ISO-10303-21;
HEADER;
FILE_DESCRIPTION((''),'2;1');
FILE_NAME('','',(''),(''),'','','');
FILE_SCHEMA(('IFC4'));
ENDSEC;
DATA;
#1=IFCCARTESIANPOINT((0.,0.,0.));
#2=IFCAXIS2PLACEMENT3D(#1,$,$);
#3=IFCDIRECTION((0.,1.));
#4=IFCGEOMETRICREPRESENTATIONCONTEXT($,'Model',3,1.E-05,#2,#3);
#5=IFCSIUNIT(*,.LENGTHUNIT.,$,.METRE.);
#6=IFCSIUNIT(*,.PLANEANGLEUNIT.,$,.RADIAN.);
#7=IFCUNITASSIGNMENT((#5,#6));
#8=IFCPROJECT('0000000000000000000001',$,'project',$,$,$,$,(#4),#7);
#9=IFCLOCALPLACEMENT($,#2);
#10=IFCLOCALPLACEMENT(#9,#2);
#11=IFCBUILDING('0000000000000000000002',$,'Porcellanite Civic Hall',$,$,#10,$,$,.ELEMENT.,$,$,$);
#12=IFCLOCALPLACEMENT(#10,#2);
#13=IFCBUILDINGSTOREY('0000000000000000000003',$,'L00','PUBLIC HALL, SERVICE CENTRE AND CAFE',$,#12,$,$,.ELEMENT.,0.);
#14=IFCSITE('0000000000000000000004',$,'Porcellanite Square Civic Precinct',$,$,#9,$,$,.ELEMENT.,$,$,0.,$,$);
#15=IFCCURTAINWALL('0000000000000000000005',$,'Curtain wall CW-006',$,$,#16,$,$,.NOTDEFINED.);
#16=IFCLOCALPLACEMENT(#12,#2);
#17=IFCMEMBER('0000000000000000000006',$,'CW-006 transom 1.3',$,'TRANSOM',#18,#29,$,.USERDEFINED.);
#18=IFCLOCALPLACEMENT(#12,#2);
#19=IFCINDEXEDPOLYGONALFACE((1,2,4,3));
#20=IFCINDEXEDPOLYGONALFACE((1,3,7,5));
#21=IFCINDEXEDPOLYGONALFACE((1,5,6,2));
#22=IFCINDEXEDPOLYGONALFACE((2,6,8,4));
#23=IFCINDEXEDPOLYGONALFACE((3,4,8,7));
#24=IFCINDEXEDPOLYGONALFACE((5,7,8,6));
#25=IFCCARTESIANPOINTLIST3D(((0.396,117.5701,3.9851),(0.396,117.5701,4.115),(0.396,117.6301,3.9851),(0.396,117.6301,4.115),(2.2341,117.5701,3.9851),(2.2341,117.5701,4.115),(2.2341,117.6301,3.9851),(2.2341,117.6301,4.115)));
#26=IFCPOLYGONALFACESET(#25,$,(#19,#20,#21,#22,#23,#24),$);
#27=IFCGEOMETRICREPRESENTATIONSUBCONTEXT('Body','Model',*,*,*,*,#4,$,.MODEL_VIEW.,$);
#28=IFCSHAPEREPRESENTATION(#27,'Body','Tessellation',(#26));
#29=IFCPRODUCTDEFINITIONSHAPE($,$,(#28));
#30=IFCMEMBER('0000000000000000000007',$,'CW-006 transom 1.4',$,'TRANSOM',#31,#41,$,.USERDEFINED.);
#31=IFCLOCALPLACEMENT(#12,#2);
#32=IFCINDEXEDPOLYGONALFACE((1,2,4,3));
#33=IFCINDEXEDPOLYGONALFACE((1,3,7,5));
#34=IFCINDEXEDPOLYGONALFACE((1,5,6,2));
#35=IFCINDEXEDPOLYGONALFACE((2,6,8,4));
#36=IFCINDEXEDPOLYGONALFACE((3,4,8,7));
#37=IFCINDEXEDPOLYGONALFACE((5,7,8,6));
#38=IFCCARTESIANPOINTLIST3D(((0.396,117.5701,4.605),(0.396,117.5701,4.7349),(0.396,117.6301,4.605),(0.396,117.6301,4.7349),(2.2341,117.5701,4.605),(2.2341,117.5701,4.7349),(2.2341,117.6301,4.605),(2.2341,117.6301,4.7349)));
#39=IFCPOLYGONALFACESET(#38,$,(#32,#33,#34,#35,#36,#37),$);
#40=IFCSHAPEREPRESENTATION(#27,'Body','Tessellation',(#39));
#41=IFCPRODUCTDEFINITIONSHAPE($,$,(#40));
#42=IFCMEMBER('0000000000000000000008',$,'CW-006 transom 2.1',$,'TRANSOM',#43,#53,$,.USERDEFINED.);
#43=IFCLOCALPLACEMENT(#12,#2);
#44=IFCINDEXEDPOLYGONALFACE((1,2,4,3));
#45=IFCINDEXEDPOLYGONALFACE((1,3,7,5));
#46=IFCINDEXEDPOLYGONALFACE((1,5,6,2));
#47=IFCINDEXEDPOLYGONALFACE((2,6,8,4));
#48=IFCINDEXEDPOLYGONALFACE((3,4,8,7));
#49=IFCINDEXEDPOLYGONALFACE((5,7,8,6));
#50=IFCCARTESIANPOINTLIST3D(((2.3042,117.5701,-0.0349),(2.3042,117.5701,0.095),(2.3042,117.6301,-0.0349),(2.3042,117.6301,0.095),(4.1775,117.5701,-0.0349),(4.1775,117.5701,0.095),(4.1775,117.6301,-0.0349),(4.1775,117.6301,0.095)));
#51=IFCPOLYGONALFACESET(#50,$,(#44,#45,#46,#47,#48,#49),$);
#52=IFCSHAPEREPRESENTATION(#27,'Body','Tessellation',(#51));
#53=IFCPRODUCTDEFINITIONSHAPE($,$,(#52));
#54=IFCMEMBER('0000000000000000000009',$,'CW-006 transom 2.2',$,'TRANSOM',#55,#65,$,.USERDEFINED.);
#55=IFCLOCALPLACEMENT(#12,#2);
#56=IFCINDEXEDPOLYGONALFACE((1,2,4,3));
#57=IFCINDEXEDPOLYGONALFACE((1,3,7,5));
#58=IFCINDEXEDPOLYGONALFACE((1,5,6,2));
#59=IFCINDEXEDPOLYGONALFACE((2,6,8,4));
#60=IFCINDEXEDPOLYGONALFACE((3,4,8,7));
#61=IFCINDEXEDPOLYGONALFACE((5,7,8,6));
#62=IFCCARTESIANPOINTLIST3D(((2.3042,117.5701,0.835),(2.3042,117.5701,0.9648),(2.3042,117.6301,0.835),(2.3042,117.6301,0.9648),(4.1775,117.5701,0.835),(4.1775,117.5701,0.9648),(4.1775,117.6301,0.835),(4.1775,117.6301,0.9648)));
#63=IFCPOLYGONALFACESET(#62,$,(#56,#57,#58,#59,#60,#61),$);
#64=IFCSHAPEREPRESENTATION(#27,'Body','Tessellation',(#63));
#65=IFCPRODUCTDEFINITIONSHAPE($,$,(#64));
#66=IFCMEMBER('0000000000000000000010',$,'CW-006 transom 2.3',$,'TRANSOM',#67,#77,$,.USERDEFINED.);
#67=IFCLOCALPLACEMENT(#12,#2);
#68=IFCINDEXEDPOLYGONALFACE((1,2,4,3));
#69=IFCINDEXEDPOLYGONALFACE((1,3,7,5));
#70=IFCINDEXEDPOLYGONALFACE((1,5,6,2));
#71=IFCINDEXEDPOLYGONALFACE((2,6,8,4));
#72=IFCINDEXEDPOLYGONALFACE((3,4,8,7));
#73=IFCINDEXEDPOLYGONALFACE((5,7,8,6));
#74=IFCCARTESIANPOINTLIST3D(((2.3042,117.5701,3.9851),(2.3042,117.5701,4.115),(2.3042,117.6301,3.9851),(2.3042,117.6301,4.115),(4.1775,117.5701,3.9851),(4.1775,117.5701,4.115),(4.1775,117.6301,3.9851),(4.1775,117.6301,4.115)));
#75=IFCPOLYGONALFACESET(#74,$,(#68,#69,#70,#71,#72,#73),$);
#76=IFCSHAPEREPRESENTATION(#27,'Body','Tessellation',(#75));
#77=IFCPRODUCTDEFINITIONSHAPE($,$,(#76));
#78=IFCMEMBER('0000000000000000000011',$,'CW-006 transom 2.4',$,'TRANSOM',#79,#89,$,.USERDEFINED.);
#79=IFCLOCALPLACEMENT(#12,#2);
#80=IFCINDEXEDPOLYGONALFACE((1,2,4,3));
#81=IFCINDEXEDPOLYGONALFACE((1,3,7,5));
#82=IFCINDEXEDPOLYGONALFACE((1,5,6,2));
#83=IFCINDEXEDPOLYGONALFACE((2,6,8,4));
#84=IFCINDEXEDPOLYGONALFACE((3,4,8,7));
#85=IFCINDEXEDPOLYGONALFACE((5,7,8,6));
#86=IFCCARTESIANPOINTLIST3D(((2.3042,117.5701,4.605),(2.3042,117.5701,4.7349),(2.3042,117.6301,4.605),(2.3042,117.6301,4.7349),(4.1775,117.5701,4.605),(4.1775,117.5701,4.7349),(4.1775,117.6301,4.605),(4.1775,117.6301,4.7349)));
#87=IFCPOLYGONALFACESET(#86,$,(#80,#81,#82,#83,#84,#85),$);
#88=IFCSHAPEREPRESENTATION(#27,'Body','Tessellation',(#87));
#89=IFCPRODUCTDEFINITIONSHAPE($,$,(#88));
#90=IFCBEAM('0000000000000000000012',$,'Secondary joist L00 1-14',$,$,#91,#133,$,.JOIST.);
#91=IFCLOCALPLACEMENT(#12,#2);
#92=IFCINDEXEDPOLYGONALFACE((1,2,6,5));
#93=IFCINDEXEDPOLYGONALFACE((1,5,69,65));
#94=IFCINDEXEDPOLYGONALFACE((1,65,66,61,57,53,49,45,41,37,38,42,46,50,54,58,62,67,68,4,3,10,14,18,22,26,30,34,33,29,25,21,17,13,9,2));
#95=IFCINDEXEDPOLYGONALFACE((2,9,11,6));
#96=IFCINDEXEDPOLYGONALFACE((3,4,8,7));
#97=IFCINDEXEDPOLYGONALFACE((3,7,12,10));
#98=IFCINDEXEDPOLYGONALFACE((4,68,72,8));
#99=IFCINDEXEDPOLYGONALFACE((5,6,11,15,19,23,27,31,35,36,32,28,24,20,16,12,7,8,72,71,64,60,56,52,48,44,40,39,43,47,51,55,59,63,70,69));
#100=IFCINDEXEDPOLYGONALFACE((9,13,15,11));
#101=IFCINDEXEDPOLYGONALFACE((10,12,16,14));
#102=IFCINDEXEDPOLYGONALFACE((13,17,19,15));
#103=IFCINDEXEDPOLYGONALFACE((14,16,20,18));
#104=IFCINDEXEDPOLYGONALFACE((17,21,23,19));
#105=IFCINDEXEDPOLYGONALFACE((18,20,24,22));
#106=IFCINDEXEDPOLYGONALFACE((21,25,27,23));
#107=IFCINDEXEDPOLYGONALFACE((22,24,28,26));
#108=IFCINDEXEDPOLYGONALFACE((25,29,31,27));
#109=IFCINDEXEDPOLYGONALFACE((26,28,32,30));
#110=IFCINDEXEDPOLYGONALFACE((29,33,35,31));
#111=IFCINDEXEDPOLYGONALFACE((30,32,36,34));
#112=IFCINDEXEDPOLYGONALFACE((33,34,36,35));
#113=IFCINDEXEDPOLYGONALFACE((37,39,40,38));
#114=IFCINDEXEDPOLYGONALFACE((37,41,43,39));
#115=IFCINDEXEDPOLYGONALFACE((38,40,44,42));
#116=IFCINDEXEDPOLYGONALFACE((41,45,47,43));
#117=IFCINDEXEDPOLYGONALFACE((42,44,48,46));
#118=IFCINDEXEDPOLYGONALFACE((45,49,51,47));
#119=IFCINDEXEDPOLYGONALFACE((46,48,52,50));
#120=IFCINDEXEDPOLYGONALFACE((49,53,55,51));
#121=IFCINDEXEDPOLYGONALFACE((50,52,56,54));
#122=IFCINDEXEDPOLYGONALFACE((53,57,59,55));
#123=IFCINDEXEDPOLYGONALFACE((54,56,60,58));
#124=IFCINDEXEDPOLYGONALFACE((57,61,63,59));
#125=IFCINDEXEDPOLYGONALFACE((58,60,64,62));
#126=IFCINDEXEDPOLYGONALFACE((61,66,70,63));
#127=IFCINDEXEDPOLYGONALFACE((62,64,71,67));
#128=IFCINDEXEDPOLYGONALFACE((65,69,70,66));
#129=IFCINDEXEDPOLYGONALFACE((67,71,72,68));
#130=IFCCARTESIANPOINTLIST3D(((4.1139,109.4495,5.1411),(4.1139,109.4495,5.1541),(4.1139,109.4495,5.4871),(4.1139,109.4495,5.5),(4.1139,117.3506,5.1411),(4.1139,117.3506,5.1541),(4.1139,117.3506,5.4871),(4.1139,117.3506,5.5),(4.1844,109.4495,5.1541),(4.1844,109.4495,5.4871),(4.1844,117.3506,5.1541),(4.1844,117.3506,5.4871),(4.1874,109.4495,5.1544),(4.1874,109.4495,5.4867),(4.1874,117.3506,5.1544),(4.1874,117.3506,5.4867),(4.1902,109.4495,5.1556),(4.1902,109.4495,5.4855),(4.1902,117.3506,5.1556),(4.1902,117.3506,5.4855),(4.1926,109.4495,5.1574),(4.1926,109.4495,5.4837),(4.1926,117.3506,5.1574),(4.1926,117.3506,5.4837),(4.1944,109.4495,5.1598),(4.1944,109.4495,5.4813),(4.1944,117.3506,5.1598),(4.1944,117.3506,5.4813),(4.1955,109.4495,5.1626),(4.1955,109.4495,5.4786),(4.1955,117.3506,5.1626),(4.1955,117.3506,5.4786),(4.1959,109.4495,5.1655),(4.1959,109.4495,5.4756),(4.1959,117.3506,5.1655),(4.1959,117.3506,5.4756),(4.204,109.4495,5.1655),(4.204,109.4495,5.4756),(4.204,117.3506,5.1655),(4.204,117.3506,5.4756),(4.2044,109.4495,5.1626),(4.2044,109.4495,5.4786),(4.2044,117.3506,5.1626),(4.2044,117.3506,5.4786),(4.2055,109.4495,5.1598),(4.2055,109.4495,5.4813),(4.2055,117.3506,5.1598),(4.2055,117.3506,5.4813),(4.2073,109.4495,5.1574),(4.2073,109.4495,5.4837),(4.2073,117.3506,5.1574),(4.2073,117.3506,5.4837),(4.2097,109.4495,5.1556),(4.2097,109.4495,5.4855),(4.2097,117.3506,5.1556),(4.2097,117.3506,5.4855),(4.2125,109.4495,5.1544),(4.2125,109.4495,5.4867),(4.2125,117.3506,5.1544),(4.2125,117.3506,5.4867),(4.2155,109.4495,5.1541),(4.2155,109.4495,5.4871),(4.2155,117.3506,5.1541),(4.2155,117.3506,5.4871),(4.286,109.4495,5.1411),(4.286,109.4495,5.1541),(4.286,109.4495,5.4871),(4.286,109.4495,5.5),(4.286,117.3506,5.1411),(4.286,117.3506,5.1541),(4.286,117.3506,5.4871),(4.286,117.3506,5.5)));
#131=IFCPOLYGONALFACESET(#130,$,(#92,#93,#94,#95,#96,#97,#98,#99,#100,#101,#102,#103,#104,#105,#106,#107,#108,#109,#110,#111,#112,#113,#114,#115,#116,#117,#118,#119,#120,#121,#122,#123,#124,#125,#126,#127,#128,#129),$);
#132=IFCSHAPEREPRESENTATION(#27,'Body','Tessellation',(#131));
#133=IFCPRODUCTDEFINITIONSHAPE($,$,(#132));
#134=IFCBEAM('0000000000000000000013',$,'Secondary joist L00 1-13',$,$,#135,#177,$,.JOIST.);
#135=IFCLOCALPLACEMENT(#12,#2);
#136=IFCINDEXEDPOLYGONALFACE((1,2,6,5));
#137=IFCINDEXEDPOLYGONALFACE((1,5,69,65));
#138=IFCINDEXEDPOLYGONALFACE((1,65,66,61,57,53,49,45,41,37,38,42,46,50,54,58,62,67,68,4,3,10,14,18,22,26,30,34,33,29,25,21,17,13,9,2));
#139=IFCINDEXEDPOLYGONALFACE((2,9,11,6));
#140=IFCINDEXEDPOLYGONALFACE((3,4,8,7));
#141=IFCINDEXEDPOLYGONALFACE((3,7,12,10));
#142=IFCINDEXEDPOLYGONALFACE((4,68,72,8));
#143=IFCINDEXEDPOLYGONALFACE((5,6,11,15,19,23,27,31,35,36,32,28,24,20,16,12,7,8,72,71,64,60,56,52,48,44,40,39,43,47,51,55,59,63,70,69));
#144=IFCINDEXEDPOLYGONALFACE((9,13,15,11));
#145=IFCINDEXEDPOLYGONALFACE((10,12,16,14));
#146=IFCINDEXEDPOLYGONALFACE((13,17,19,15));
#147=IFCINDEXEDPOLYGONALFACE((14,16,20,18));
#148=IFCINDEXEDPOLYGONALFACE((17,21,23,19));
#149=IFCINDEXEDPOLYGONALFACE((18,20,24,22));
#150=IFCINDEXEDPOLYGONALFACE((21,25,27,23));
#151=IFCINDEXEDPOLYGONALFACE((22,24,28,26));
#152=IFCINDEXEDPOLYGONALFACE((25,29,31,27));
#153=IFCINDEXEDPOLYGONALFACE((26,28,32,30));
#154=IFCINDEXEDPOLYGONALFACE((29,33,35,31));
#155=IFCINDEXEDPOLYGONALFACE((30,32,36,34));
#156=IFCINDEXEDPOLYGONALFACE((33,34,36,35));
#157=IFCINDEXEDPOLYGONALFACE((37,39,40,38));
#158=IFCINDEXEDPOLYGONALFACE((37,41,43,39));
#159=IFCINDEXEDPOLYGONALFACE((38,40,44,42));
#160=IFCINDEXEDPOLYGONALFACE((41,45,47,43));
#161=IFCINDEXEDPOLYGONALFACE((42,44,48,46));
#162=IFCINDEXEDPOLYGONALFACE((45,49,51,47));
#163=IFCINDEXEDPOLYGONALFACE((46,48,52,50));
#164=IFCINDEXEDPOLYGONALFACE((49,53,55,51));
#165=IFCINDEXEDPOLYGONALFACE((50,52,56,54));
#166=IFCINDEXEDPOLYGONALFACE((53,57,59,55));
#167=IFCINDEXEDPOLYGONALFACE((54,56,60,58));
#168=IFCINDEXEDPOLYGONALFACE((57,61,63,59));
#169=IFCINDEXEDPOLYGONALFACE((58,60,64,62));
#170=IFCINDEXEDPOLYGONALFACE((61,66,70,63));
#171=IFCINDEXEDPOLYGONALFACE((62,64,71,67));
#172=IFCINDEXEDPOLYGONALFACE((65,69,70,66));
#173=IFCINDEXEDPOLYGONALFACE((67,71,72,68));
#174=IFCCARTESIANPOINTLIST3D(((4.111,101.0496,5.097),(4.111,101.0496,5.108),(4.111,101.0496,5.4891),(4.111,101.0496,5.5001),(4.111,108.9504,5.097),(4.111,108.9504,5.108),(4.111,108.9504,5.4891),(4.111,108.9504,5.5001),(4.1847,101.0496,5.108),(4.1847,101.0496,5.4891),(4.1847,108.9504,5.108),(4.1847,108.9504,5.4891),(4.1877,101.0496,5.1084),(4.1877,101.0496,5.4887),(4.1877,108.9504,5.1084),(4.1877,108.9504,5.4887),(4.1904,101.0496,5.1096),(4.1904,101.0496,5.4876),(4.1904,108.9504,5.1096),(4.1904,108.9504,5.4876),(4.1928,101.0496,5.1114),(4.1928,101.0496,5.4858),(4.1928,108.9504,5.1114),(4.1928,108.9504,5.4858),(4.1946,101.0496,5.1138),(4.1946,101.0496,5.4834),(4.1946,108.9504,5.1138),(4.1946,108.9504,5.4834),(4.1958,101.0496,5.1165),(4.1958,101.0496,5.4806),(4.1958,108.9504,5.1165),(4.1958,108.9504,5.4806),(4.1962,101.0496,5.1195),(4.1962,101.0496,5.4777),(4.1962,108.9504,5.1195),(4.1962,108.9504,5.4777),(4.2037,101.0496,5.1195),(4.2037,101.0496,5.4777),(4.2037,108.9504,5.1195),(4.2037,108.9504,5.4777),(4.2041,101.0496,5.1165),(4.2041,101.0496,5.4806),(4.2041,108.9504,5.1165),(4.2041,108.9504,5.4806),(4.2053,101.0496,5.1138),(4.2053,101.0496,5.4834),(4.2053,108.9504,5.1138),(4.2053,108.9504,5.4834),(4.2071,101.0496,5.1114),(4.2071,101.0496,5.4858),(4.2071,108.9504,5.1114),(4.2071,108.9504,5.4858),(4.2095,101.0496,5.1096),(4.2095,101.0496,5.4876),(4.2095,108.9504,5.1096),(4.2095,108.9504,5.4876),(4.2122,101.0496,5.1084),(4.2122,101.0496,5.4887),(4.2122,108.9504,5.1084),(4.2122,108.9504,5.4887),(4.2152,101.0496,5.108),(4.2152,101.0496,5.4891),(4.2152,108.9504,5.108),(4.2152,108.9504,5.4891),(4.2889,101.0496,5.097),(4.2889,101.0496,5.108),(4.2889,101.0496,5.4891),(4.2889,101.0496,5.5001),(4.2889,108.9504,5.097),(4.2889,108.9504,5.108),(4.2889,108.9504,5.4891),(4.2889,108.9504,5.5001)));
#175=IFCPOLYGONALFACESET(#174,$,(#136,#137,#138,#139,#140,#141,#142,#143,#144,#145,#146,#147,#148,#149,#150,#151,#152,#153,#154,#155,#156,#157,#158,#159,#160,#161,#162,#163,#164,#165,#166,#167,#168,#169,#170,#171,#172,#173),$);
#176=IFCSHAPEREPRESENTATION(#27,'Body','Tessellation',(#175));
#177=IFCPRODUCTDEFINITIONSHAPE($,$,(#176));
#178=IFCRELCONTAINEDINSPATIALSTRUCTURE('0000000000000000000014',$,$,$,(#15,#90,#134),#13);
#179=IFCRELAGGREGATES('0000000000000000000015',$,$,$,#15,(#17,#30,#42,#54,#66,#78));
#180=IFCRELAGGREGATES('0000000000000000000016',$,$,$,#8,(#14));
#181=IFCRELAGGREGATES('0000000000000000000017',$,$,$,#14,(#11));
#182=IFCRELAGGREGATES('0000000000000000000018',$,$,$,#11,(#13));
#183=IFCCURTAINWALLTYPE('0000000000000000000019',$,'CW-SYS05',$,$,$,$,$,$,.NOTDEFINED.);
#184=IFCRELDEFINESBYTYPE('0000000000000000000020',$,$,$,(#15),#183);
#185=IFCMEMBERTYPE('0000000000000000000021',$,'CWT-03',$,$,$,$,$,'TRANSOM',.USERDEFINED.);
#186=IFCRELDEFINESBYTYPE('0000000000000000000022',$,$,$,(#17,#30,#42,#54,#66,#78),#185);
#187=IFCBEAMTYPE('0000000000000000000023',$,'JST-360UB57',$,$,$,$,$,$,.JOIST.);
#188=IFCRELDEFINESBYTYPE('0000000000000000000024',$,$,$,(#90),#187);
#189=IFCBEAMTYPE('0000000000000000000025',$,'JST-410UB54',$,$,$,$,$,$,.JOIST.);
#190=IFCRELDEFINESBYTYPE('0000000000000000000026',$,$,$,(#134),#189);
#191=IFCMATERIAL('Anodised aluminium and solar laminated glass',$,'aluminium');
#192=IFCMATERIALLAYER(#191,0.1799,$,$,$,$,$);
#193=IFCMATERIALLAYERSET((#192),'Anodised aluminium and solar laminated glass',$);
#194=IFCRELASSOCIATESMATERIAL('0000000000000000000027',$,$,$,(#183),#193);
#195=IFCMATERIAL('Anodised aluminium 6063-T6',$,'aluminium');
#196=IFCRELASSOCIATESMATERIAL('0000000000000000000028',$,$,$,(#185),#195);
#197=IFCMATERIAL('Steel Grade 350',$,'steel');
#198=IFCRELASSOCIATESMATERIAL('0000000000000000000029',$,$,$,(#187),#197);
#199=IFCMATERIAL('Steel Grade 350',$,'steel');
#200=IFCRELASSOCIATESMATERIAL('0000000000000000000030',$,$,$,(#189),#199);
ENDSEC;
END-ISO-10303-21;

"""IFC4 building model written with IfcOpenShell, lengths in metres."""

from ifc_helpers import new_model, si_unit, direction, frame, origin, origin_2d, place, context, subcontext, project, spatial, rectangle, i_section, extrude, material, layer, layer_set, material_profile, profile_set, type_object, element, aggregate, save


model = new_model("IFC4")

# Units and contexts
model_context = context("Model", 3, precision=1e-05, world=origin(), true_north=direction((0.0, 1.0)))
body_context = subcontext(model_context, "Body", "Model", "MODEL_VIEW")
ifc_project = project(units=[si_unit("LENGTHUNIT", "METRE"), si_unit("PLANEANGLEUNIT", "RADIAN")], contexts=[model_context])

# Site, building, storey
site_placement = place(None, origin())
site = spatial("IfcSite", under=ifc_project, at=site_placement, Name="Porcellanite Square Civic Precinct", CompositionType="ELEMENT", RefElevation=0.0)
building_placement = place(site_placement, origin())
building = spatial("IfcBuilding", under=site, at=building_placement, Name="Porcellanite Civic Hall", CompositionType="ELEMENT")
storey_placement = place(building_placement, origin())
storey = spatial("IfcBuildingStorey", under=building, at=storey_placement, Name="L00", Description="PUBLIC HALL, SERVICE CENTRE AND CAFE", CompositionType="ELEMENT", Elevation=0.0)

# Curtain wall, members
ifc_material_1 = material(Name="Anodised aluminium and solar laminated glass", Category="aluminium")
ifc_layer_1 = layer(ifc_material_1, 0.1799)
ifc_layer_set_1 = layer_set([ifc_layer_1], Name="Anodised aluminium and solar laminated glass")
curtain_wall_type = type_object("IfcCurtainWallType", Name="CW-SYS05", PredefinedType="NOTDEFINED", material=ifc_layer_set_1)
curtain_wall_placement = place(storey_placement, origin())
curtain_wall = element("IfcCurtainWall", 1, at=curtain_wall_placement, inside=storey, type_object=curtain_wall_type, Name="Curtain wall CW-006", PredefinedType="NOTDEFINED")
ifc_material_2 = material(Name="Anodised aluminium 6063-T6", Category="aluminium")
ifc_material_profile_1 = material_profile(ifc_material_2, rectangle(XDim=0.0601, YDim=0.1299, at=origin_2d()), Name="AL-60x130")
ifc_profile_set_1 = profile_set([ifc_material_profile_1], Name="Anodised aluminium 6063-T6")
member_type_1 = type_object("IfcMemberType", Name="CWT-03", ElementType="TRANSOM", PredefinedType="USERDEFINED", material=ifc_profile_set_1)
member_1_placement = place(storey_placement, frame((0.396, 117.6001, 4.05), z_axis=(1.0, 0.0, 0.0), x_axis=(0.0, 1.0, 0.0)))
member_1 = element("IfcMember", 2, at=member_1_placement, type_object=member_type_1, Name="CW-006 transom 1.3", ObjectType="TRANSOM", PredefinedType="USERDEFINED", context=body_context, shape_type="SweptSolid", body=[
    extrude(rectangle(XDim=0.0601, YDim=0.1299, at=origin_2d()), origin(), (0.0, 0.0, 1.0), 1.8381),
])
member_2_placement = place(storey_placement, frame((0.396, 117.6001, 4.6699), z_axis=(1.0, 0.0, 0.0), x_axis=(0.0, 1.0, 0.0)))
member_2 = element("IfcMember", 3, at=member_2_placement, type_object=member_type_1, Name="CW-006 transom 1.4", ObjectType="TRANSOM", PredefinedType="USERDEFINED", context=body_context, shape_type="SweptSolid", body=[
    extrude(rectangle(XDim=0.0601, YDim=0.1299, at=origin_2d()), origin(), (0.0, 0.0, 1.0), 1.8381),
])
member_3_placement = place(storey_placement, frame((2.3042, 117.6001, 0.03), z_axis=(1.0, 0.0, 0.0), x_axis=(0.0, 1.0, 0.0)))
member_3 = element("IfcMember", 4, at=member_3_placement, type_object=member_type_1, Name="CW-006 transom 2.1", ObjectType="TRANSOM", PredefinedType="USERDEFINED", context=body_context, shape_type="SweptSolid", body=[
    extrude(rectangle(XDim=0.0601, YDim=0.1299, at=origin_2d()), origin(), (0.0, 0.0, 1.0), 1.8733),
])
member_4_placement = place(storey_placement, frame((2.3042, 117.6001, 0.8999), z_axis=(1.0, 0.0, 0.0), x_axis=(0.0, 1.0, 0.0)))
member_4 = element("IfcMember", 5, at=member_4_placement, type_object=member_type_1, Name="CW-006 transom 2.2", ObjectType="TRANSOM", PredefinedType="USERDEFINED", context=body_context, shape_type="SweptSolid", body=[
    extrude(rectangle(XDim=0.0601, YDim=0.1299, at=origin_2d()), origin(), (0.0, 0.0, 1.0), 1.8733),
])
member_5_placement = place(storey_placement, frame((2.3042, 117.6001, 4.05), z_axis=(1.0, 0.0, 0.0), x_axis=(0.0, 1.0, 0.0)))
member_5 = element("IfcMember", 6, at=member_5_placement, type_object=member_type_1, Name="CW-006 transom 2.3", ObjectType="TRANSOM", PredefinedType="USERDEFINED", context=body_context, shape_type="SweptSolid", body=[
    extrude(rectangle(XDim=0.0601, YDim=0.1299, at=origin_2d()), origin(), (0.0, 0.0, 1.0), 1.8733),
])
member_6_placement = place(storey_placement, frame((2.3042, 117.6001, 4.6699), z_axis=(1.0, 0.0, 0.0), x_axis=(0.0, 1.0, 0.0)))
member_6 = element("IfcMember", 7, at=member_6_placement, type_object=member_type_1, Name="CW-006 transom 2.4", ObjectType="TRANSOM", PredefinedType="USERDEFINED", context=body_context, shape_type="SweptSolid", body=[
    extrude(rectangle(XDim=0.0601, YDim=0.1299, at=origin_2d()), origin(), (0.0, 0.0, 1.0), 1.8733),
])

# Beams
ifc_material_3 = material(Name="Steel Grade 350", Category="steel")
ifc_material_profile_2 = material_profile(ifc_material_3, i_section(OverallWidth=0.1721, OverallDepth=0.3589, WebThickness=0.0081, FlangeThickness=0.0129, FilletRadius=0.0115, at=origin_2d()), Name="360UB56.7")
ifc_profile_set_2 = profile_set([ifc_material_profile_2], Name="Steel Grade 350")
beam_type_1 = type_object("IfcBeamType", Name="JST-360UB57", PredefinedType="JOIST", material=ifc_profile_set_2)
beam_1_placement = place(storey_placement, frame((4.2, 109.4495, 5.3206), z_axis=(0.0, 1.0, 0.0), x_axis=(-1.0, 0.0, 0.0)))
element("IfcBeam", 8, at=beam_1_placement, inside=storey, type_object=beam_type_1, Name="Secondary joist L00 1-14", PredefinedType="JOIST", context=body_context, shape_type="SweptSolid", body=[
    extrude(i_section(OverallWidth=0.1721, OverallDepth=0.3589, WebThickness=0.0081, FlangeThickness=0.0129, FilletRadius=0.0115, at=origin_2d()), origin(), (0.0, 0.0, 1.0), 7.9011),
])
ifc_material_4 = material(Name="Steel Grade 350", Category="steel")
ifc_material_profile_3 = material_profile(ifc_material_4, i_section(OverallWidth=0.178, OverallDepth=0.4031, WebThickness=0.0076, FlangeThickness=0.011, FilletRadius=0.0115, at=origin_2d()), Name="410UB53.7")
ifc_profile_set_3 = profile_set([ifc_material_profile_3], Name="Steel Grade 350")
beam_type_2 = type_object("IfcBeamType", Name="JST-410UB54", PredefinedType="JOIST", material=ifc_profile_set_3)
beam_2_placement = place(storey_placement, frame((4.2, 101.0496, 5.2986), z_axis=(0.0, 1.0, 0.0), x_axis=(-1.0, 0.0, 0.0)))
element("IfcBeam", 9, at=beam_2_placement, inside=storey, type_object=beam_type_2, Name="Secondary joist L00 1-13", PredefinedType="JOIST", context=body_context, shape_type="SweptSolid", body=[
    extrude(i_section(OverallWidth=0.178, OverallDepth=0.4031, WebThickness=0.0076, FlangeThickness=0.011, FilletRadius=0.0115, at=origin_2d()), origin(), (0.0, 0.0, 1.0), 7.9009),
])

aggregate(curtain_wall, [member_1, member_2, member_3, member_4, member_5, member_6])

save(model, "model.ifc")
